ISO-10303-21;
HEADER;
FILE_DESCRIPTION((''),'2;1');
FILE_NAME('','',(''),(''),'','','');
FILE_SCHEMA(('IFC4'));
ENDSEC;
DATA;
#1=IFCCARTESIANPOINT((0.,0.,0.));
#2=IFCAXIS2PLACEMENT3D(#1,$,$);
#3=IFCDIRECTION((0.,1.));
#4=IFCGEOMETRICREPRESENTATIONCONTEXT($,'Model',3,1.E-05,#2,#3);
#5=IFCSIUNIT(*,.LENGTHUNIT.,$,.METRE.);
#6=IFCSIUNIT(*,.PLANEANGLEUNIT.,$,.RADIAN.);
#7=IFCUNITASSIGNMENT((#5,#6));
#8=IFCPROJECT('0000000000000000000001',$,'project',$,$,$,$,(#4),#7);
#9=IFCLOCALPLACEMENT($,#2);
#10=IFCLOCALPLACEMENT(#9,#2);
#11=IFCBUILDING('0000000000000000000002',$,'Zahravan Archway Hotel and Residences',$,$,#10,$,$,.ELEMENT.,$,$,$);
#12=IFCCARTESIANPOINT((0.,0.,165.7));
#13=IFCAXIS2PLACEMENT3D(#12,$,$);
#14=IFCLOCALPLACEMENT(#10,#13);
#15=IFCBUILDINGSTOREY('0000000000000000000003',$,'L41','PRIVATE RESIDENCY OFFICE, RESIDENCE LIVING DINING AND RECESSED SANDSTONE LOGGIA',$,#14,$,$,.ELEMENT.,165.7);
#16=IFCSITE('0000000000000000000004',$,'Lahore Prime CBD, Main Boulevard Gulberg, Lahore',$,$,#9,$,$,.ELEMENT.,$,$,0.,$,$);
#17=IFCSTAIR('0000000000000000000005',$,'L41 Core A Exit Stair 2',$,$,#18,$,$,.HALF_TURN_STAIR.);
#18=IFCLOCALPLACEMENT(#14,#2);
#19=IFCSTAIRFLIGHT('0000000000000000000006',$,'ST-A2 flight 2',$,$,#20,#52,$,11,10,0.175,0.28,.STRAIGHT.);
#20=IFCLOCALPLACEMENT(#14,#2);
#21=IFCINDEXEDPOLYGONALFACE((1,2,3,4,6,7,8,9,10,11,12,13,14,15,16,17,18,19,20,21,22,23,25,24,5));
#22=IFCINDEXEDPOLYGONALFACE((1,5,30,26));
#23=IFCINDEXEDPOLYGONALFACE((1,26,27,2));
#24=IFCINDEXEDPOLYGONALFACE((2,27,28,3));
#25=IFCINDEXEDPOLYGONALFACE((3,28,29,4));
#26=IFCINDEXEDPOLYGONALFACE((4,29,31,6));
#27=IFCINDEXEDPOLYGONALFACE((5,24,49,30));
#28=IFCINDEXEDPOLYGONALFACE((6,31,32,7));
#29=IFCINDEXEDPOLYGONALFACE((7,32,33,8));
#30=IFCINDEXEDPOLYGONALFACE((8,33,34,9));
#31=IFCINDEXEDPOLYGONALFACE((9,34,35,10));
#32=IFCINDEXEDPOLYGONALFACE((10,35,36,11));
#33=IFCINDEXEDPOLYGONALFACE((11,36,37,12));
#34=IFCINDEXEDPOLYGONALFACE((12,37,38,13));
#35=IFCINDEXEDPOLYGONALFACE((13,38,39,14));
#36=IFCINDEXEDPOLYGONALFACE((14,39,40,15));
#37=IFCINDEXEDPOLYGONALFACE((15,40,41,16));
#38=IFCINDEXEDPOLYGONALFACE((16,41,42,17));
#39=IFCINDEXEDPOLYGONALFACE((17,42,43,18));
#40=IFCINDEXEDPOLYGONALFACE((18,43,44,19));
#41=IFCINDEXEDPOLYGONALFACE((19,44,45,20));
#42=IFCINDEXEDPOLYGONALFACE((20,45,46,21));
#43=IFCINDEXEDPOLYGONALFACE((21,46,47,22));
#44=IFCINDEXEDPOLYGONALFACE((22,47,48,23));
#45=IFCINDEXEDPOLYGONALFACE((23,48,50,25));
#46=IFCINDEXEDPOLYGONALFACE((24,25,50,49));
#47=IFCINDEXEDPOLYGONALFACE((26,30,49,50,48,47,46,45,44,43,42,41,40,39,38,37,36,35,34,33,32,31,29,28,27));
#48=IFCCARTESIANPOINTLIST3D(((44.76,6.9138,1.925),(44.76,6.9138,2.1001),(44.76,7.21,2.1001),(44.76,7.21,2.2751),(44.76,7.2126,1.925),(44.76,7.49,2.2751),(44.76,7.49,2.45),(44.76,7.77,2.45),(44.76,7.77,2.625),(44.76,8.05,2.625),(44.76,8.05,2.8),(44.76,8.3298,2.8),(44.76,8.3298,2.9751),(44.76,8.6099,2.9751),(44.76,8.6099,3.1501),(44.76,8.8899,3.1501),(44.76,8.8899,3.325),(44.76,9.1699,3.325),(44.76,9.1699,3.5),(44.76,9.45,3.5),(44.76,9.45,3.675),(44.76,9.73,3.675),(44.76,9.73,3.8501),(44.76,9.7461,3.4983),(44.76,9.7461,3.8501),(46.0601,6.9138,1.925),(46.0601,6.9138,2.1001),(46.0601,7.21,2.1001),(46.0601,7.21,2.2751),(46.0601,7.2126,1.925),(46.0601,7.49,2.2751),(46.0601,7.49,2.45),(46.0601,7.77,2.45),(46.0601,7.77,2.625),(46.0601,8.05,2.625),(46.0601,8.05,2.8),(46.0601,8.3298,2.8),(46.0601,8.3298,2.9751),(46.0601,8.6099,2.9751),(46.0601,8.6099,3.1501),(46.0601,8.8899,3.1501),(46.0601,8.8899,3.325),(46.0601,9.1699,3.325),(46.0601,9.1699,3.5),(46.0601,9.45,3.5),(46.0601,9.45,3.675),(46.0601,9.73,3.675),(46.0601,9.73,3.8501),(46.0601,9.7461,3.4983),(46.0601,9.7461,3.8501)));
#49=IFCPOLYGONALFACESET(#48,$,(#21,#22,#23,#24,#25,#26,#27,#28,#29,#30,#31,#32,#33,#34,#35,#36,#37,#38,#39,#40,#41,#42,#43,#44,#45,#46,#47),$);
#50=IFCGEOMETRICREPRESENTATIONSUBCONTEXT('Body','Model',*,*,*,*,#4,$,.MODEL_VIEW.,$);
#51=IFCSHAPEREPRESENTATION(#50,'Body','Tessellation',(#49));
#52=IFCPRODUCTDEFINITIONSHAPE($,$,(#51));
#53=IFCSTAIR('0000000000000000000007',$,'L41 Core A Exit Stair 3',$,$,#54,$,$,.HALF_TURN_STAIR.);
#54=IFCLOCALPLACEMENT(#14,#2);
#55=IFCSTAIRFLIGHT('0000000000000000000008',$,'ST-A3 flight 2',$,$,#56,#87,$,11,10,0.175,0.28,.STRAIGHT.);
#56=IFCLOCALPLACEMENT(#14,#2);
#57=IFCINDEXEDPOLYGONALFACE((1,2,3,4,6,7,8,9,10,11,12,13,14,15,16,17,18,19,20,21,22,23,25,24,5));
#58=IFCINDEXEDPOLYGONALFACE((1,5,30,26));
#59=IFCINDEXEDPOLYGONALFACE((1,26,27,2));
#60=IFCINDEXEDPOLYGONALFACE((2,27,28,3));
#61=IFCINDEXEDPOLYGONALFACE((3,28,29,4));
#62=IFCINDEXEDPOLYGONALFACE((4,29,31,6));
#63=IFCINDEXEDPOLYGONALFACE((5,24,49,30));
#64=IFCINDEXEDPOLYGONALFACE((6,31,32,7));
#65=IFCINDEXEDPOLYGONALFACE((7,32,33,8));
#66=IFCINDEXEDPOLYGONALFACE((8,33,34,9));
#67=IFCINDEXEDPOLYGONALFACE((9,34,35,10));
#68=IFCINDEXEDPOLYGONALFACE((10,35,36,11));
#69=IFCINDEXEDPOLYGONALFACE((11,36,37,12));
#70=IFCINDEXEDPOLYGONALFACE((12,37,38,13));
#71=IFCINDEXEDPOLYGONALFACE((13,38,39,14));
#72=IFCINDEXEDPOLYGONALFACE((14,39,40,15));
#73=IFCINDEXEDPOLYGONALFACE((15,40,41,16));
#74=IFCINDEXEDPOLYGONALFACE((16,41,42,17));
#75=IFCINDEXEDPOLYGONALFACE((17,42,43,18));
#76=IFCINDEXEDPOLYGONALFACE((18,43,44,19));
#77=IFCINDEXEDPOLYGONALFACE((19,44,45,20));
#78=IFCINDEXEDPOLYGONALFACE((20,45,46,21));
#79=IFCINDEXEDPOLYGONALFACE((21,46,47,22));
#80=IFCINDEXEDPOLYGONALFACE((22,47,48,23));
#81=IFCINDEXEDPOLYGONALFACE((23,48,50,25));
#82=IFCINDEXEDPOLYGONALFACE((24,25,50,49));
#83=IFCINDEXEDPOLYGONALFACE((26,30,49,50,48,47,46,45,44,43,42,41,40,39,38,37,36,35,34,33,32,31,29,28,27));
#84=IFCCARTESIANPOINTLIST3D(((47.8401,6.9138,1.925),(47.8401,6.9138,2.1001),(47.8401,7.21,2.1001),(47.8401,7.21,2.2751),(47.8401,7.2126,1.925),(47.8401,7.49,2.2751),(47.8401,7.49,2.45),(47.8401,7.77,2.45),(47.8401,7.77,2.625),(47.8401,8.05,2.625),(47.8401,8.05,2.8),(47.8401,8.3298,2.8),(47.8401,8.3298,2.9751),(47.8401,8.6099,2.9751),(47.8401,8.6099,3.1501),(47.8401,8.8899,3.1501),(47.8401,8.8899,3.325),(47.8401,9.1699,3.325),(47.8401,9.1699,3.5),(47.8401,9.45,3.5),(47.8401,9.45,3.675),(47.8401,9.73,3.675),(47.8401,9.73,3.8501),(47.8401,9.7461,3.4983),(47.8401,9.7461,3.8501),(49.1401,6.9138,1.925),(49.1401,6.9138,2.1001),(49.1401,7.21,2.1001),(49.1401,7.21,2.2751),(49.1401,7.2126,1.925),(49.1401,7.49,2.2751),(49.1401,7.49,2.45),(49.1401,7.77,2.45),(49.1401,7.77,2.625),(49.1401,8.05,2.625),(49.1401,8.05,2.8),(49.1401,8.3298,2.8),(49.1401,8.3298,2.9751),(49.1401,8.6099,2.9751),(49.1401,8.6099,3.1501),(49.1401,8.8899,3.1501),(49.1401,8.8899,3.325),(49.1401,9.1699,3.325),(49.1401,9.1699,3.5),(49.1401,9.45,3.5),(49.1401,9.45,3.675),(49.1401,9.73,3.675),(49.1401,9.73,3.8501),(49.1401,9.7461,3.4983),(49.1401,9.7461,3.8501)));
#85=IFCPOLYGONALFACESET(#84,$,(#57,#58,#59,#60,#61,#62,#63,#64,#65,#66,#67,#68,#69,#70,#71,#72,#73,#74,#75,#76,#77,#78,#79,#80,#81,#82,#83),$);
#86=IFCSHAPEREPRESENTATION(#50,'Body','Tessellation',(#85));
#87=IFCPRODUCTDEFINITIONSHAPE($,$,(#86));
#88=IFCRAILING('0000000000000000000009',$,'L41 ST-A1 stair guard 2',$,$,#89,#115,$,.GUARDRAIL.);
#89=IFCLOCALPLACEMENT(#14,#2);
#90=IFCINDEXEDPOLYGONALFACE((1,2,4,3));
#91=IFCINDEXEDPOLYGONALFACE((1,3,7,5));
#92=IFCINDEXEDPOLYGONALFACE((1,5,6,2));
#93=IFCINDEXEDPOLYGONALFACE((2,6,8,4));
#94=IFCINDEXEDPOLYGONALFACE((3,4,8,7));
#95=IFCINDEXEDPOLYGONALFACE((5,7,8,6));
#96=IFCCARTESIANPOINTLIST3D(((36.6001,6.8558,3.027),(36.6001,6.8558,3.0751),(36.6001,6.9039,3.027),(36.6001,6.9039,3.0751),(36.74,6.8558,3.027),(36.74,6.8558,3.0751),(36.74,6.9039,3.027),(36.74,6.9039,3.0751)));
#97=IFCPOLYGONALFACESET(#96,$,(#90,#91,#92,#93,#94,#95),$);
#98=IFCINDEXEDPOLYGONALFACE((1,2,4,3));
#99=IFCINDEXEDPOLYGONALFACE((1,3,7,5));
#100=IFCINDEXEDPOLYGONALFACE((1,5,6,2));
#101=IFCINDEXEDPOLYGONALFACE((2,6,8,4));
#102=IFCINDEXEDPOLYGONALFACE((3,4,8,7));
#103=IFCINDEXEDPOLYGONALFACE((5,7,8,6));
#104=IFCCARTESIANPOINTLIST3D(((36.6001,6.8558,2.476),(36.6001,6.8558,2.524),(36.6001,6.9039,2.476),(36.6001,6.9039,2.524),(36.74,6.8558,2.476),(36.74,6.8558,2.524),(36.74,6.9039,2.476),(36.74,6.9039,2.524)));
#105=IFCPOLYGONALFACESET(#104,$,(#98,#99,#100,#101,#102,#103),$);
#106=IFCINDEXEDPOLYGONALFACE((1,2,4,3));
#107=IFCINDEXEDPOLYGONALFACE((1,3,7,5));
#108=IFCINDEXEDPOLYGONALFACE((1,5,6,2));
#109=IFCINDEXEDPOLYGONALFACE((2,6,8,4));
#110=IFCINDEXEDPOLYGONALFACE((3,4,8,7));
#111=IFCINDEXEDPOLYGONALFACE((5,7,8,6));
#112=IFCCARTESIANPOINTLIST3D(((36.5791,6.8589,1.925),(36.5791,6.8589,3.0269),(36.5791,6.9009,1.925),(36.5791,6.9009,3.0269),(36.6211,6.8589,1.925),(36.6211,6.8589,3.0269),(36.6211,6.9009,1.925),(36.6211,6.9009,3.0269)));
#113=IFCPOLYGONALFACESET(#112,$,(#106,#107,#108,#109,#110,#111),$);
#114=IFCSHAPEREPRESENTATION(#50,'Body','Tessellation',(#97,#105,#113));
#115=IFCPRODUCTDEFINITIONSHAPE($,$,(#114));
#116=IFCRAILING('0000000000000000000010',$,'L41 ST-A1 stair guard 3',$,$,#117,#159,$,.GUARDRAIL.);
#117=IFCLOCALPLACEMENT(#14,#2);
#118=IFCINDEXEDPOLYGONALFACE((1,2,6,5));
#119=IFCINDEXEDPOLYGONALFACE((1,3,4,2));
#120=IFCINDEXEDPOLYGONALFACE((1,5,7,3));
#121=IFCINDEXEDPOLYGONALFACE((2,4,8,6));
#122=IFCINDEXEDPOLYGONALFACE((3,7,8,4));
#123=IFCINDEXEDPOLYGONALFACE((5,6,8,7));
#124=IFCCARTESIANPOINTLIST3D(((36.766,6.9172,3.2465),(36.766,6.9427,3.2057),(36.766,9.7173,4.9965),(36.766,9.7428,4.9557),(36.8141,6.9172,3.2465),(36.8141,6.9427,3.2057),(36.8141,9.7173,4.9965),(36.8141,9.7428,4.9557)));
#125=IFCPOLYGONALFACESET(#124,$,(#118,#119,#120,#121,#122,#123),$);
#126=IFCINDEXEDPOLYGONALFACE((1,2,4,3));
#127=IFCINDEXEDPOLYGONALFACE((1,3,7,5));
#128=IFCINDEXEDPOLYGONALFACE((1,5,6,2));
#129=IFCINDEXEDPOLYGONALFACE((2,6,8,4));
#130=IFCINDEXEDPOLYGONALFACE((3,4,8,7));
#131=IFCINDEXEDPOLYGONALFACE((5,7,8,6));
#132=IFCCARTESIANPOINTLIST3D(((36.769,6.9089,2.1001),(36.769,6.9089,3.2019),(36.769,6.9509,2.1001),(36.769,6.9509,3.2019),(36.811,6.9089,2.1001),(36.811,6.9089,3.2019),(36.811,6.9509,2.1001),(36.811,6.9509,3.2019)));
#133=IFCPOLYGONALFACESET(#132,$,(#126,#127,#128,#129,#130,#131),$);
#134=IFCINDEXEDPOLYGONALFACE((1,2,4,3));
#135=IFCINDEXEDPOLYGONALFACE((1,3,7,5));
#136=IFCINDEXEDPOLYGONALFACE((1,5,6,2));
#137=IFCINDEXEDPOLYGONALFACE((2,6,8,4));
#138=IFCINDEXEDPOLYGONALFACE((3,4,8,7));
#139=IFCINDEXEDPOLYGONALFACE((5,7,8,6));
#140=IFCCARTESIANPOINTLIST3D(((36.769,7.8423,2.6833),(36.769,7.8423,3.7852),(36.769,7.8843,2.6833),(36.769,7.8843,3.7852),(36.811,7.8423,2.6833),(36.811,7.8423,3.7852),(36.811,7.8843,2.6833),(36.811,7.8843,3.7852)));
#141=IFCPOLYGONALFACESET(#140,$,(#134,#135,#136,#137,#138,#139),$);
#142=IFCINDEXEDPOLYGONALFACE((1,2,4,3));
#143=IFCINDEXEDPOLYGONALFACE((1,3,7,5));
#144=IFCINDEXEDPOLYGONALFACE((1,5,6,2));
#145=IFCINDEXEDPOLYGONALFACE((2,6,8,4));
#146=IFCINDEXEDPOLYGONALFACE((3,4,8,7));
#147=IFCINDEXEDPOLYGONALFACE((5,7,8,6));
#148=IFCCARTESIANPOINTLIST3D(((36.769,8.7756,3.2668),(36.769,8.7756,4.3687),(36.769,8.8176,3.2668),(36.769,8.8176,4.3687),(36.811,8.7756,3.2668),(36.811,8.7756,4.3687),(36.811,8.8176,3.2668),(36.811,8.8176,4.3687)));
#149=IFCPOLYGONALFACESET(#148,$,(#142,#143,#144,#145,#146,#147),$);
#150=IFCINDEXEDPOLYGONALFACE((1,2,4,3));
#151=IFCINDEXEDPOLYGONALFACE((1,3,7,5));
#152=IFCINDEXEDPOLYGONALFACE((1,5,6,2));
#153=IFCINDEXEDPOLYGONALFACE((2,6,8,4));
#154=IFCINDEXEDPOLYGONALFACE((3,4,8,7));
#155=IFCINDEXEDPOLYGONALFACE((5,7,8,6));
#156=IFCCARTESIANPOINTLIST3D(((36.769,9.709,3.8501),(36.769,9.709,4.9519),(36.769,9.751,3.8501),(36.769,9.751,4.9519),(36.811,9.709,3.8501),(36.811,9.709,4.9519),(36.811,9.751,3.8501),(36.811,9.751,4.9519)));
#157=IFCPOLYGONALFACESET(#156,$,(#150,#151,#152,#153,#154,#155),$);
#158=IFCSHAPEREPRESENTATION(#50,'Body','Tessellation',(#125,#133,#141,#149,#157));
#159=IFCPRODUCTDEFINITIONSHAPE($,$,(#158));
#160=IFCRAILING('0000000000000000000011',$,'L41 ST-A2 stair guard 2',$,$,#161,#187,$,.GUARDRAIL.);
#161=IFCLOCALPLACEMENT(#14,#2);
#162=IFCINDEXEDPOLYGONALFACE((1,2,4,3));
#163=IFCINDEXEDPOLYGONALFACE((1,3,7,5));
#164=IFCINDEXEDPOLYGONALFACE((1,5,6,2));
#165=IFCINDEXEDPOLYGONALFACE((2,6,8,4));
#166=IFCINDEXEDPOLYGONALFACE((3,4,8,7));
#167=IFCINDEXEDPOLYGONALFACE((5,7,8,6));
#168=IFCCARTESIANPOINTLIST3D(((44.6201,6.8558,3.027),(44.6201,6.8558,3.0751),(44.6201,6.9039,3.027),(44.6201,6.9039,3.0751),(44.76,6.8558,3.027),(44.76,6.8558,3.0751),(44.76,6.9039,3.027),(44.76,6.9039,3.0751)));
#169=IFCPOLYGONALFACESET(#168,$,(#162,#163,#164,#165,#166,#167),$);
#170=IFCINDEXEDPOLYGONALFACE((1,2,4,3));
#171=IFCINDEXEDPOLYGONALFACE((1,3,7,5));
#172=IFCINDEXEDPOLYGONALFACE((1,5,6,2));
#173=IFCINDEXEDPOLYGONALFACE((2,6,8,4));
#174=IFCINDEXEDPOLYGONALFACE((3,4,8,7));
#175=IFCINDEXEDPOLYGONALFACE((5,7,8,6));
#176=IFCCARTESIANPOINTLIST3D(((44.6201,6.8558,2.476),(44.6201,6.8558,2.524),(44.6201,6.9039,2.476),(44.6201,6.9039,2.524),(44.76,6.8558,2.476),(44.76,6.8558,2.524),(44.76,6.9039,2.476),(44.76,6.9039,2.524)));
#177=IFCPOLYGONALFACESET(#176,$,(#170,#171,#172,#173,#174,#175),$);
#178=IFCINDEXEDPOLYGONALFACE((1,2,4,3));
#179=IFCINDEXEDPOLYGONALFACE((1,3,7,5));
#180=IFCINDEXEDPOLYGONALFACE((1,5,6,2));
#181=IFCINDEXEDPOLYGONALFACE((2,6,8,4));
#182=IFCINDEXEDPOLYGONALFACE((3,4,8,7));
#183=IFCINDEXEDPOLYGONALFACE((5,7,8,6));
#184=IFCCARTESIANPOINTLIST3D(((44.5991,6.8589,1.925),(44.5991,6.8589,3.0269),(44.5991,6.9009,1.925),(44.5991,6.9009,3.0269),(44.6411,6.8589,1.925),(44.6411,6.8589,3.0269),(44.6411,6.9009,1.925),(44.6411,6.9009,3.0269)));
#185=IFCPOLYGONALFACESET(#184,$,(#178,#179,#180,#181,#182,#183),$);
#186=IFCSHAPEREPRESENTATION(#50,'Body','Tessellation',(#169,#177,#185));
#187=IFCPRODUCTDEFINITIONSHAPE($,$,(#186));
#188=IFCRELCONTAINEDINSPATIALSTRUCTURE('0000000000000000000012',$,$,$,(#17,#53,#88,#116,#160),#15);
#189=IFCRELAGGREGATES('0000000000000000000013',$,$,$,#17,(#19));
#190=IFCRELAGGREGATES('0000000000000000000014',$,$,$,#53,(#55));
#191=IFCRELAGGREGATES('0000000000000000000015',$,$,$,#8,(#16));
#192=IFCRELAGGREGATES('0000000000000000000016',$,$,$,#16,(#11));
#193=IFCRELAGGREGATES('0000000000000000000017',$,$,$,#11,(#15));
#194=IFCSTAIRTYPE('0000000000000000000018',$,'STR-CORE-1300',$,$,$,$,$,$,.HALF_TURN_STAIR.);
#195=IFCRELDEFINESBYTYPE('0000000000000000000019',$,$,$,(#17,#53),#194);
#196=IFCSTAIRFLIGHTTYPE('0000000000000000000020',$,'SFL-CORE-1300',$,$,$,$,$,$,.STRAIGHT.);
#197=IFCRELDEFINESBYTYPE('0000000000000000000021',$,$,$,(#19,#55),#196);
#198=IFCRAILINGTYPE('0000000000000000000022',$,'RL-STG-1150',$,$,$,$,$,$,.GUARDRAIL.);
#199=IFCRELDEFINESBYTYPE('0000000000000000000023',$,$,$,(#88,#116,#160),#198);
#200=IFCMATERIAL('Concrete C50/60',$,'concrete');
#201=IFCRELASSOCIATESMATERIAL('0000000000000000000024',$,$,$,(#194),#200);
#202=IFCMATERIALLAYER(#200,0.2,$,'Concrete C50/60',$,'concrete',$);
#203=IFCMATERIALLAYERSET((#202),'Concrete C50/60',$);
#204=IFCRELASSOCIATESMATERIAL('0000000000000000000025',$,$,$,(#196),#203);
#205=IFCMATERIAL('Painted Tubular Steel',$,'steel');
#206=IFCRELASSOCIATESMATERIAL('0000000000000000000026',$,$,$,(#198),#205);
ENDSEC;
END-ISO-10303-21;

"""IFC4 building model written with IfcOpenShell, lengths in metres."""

from ifc_helpers import new_model, si_unit, direction, frame, origin, origin_2d, place, context, subcontext, project, spatial, polyline, rectangle, outline, extrude, source, transform, mapped, material, layer, layer_set, type_object, element, aggregate, save


model = new_model("IFC4")

# Units and contexts
model_context = context("Model", 3, precision=1e-05, world=origin(), true_north=direction((0.0, 1.0)))
body_context = subcontext(model_context, "Body", "Model", "MODEL_VIEW")
ifc_project = project(units=[si_unit("LENGTHUNIT", "METRE"), si_unit("PLANEANGLEUNIT", "RADIAN")], contexts=[model_context])

# Site, building, storey
site_placement = place(None, origin())
site = spatial("IfcSite", under=ifc_project, at=site_placement, Name="Lahore Prime CBD, Main Boulevard Gulberg, Lahore", CompositionType="ELEMENT", RefElevation=0.0)
building_placement = place(site_placement, origin())
building = spatial("IfcBuilding", under=site, at=building_placement, Name="Zahravan Archway Hotel and Residences", CompositionType="ELEMENT")
storey_placement = place(building_placement, frame((0.0, 0.0, 165.7)))
storey = spatial("IfcBuildingStorey", under=building, at=storey_placement, Name="L41", Description="PRIVATE RESIDENCY OFFICE, RESIDENCE LIVING DINING AND RECESSED SANDSTONE LOGGIA", CompositionType="ELEMENT", Elevation=165.7)

# Shared definitions
ifc_material_1 = material(Name="Concrete C50/60", Category="concrete")

# Stairs, stair flights
stair_type = type_object("IfcStairType", Name="STR-CORE-1300", PredefinedType="HALF_TURN_STAIR", material=ifc_material_1)
ifc_layer_1 = layer(ifc_material_1, 0.2, Name="Concrete C50/60", Category="concrete")
ifc_layer_set_1 = layer_set([ifc_layer_1], Name="Concrete C50/60")
stair_flight_type = type_object("IfcStairFlightType", Name="SFL-CORE-1300", PredefinedType="STRAIGHT", material=ifc_layer_set_1)
shared_shape_1 = source(origin(), body_context, "Body", "SweptSolid", [
    extrude(outline(polyline([(-0.0161, 0.0), (-0.0161, 0.175), (0.28, 0.175), (0.28, 0.3501), (0.5601, 0.3501), (0.5601, 0.5249), (0.8401, 0.5249), (0.8401, 0.7), (1.1201, 0.7), (1.1201, 0.875), (1.3999, 0.875), (1.3999, 1.05), (1.6799, 1.05), (1.6799, 1.2251), (1.96, 1.2251), (1.96, 1.3999), (2.24, 1.3999), (2.24, 1.575), (2.52, 1.575), (2.52, 1.75), (2.8, 1.75), (2.8, 1.925), (2.8162, 1.925), (2.8162, 1.5732), (0.2827, 0.0), (-0.0161, 0.0)])), frame((0.0, 0.6499, 0.0), z_axis=(0.0, -1.0, 0.0), x_axis=(1.0, 0.0, 0.0)), (0.0, 0.0, 1.0), 1.3),
])
stair_1_placement = place(storey_placement, origin())
stair_1 = element("IfcStair", 1, at=stair_1_placement, inside=storey, type_object=stair_type, Name="L41 Core A Exit Stair 2", PredefinedType="HALF_TURN_STAIR")
stair_flight_1_placement = place(storey_placement, frame((45.4099, 6.9299, 1.925), z_axis=(0.0, 0.0, 1.0), x_axis=(0.0, 1.0, 0.0)))
stair_flight_1 = element("IfcStairFlight", 2, at=stair_flight_1_placement, type_object=stair_flight_type, Name="ST-A2 flight 2", NumberOfRisers=11, NumberOfTreads=10, PredefinedType="STRAIGHT", RiserHeight=0.175, TreadLength=0.28, context=body_context, shape_type="MappedRepresentation", body=[
    mapped(shared_shape_1, transform((0.0, 0.0, 0.0), scale=1.0)),
])
aggregate(stair_1, [stair_flight_1])
stair_2_placement = place(storey_placement, origin())
stair_2 = element("IfcStair", 3, at=stair_2_placement, inside=storey, type_object=stair_type, Name="L41 Core A Exit Stair 3", PredefinedType="HALF_TURN_STAIR")
stair_flight_2_placement = place(storey_placement, frame((48.49, 6.9299, 1.925), z_axis=(0.0, 0.0, 1.0), x_axis=(0.0, 1.0, 0.0)))
stair_flight_2 = element("IfcStairFlight", 4, at=stair_flight_2_placement, type_object=stair_flight_type, Name="ST-A3 flight 2", NumberOfRisers=11, NumberOfTreads=10, PredefinedType="STRAIGHT", RiserHeight=0.175, TreadLength=0.28, context=body_context, shape_type="MappedRepresentation", body=[
    mapped(shared_shape_1, transform((0.0, 0.0, 0.0), scale=1.0)),
])
aggregate(stair_2, [stair_flight_2])

# Railings
ifc_material_2 = material(Name="Painted Tubular Steel", Category="steel")
railing_type_1 = type_object("IfcRailingType", Name="RL-STG-1150", PredefinedType="GUARDRAIL", material=ifc_material_2)
railing_1_placement = place(storey_placement, frame((36.6001, 6.8799, 1.925)))
element("IfcRailing", 5, at=railing_1_placement, inside=storey, type_object=railing_type_1, Name="L41 ST-A1 stair guard 2", PredefinedType="GUARDRAIL", context=body_context, shape_type="SweptSolid", body=[
    extrude(rectangle(XDim=0.0481, YDim=0.0481, at=origin_2d()), frame((0.0, 0.0, 1.126), z_axis=(1.0, 0.0, 0.0), x_axis=(0.0, 1.0, 0.0)), (0.0, 0.0, 1.0), 0.1399),
    extrude(rectangle(XDim=0.0481, YDim=0.0481, at=origin_2d()), frame((0.0, 0.0, 0.575), z_axis=(1.0, 0.0, 0.0), x_axis=(0.0, 1.0, 0.0)), (0.0, 0.0, 1.0), 0.1399),
    extrude(rectangle(XDim=0.042, YDim=0.042, at=origin_2d()), origin(), (0.0, 0.0, 1.0), 1.1018),
])
railing_2_placement = place(storey_placement, frame((36.79, 6.9299, 2.1001)))
element("IfcRailing", 6, at=railing_2_placement, inside=storey, type_object=railing_type_1, Name="L41 ST-A1 stair guard 3", PredefinedType="GUARDRAIL", context=body_context, shape_type="SweptSolid", body=[
    extrude(rectangle(XDim=0.0481, YDim=0.0481, at=origin_2d()), frame((0.0, 0.0, 1.126), z_axis=(0.0, 0.848002, 0.529992), x_axis=(-1.0, 0.0, 0.0)), (0.0, 0.0, 1.0), 3.302),
    extrude(rectangle(XDim=0.042, YDim=0.042, at=origin_2d()), origin(), (0.0, 0.0, 1.0), 1.1018),
    extrude(rectangle(XDim=0.042, YDim=0.042, at=origin_2d()), frame((0.0, 0.9333, 0.5833)), (0.0, 0.0, 1.0), 1.1018),
    extrude(rectangle(XDim=0.042, YDim=0.042, at=origin_2d()), frame((0.0, 1.8667, 1.1667)), (0.0, 0.0, 1.0), 1.1018),
    extrude(rectangle(XDim=0.042, YDim=0.042, at=origin_2d()), frame((0.0, 2.8, 1.75)), (0.0, 0.0, 1.0), 1.1018),
])
railing_3_placement = place(storey_placement, frame((44.6201, 6.8799, 1.925)))
element("IfcRailing", 7, at=railing_3_placement, inside=storey, type_object=railing_type_1, Name="L41 ST-A2 stair guard 2", PredefinedType="GUARDRAIL", context=body_context, shape_type="SweptSolid", body=[
    extrude(rectangle(XDim=0.0481, YDim=0.0481, at=origin_2d()), frame((0.0, 0.0, 1.126), z_axis=(1.0, 0.0, 0.0), x_axis=(0.0, 1.0, 0.0)), (0.0, 0.0, 1.0), 0.1399),
    extrude(rectangle(XDim=0.0481, YDim=0.0481, at=origin_2d()), frame((0.0, 0.0, 0.575), z_axis=(1.0, 0.0, 0.0), x_axis=(0.0, 1.0, 0.0)), (0.0, 0.0, 1.0), 0.1399),
    extrude(rectangle(XDim=0.042, YDim=0.042, at=origin_2d()), origin(), (0.0, 0.0, 1.0), 1.1018),
])

save(model, "model.ifc")
